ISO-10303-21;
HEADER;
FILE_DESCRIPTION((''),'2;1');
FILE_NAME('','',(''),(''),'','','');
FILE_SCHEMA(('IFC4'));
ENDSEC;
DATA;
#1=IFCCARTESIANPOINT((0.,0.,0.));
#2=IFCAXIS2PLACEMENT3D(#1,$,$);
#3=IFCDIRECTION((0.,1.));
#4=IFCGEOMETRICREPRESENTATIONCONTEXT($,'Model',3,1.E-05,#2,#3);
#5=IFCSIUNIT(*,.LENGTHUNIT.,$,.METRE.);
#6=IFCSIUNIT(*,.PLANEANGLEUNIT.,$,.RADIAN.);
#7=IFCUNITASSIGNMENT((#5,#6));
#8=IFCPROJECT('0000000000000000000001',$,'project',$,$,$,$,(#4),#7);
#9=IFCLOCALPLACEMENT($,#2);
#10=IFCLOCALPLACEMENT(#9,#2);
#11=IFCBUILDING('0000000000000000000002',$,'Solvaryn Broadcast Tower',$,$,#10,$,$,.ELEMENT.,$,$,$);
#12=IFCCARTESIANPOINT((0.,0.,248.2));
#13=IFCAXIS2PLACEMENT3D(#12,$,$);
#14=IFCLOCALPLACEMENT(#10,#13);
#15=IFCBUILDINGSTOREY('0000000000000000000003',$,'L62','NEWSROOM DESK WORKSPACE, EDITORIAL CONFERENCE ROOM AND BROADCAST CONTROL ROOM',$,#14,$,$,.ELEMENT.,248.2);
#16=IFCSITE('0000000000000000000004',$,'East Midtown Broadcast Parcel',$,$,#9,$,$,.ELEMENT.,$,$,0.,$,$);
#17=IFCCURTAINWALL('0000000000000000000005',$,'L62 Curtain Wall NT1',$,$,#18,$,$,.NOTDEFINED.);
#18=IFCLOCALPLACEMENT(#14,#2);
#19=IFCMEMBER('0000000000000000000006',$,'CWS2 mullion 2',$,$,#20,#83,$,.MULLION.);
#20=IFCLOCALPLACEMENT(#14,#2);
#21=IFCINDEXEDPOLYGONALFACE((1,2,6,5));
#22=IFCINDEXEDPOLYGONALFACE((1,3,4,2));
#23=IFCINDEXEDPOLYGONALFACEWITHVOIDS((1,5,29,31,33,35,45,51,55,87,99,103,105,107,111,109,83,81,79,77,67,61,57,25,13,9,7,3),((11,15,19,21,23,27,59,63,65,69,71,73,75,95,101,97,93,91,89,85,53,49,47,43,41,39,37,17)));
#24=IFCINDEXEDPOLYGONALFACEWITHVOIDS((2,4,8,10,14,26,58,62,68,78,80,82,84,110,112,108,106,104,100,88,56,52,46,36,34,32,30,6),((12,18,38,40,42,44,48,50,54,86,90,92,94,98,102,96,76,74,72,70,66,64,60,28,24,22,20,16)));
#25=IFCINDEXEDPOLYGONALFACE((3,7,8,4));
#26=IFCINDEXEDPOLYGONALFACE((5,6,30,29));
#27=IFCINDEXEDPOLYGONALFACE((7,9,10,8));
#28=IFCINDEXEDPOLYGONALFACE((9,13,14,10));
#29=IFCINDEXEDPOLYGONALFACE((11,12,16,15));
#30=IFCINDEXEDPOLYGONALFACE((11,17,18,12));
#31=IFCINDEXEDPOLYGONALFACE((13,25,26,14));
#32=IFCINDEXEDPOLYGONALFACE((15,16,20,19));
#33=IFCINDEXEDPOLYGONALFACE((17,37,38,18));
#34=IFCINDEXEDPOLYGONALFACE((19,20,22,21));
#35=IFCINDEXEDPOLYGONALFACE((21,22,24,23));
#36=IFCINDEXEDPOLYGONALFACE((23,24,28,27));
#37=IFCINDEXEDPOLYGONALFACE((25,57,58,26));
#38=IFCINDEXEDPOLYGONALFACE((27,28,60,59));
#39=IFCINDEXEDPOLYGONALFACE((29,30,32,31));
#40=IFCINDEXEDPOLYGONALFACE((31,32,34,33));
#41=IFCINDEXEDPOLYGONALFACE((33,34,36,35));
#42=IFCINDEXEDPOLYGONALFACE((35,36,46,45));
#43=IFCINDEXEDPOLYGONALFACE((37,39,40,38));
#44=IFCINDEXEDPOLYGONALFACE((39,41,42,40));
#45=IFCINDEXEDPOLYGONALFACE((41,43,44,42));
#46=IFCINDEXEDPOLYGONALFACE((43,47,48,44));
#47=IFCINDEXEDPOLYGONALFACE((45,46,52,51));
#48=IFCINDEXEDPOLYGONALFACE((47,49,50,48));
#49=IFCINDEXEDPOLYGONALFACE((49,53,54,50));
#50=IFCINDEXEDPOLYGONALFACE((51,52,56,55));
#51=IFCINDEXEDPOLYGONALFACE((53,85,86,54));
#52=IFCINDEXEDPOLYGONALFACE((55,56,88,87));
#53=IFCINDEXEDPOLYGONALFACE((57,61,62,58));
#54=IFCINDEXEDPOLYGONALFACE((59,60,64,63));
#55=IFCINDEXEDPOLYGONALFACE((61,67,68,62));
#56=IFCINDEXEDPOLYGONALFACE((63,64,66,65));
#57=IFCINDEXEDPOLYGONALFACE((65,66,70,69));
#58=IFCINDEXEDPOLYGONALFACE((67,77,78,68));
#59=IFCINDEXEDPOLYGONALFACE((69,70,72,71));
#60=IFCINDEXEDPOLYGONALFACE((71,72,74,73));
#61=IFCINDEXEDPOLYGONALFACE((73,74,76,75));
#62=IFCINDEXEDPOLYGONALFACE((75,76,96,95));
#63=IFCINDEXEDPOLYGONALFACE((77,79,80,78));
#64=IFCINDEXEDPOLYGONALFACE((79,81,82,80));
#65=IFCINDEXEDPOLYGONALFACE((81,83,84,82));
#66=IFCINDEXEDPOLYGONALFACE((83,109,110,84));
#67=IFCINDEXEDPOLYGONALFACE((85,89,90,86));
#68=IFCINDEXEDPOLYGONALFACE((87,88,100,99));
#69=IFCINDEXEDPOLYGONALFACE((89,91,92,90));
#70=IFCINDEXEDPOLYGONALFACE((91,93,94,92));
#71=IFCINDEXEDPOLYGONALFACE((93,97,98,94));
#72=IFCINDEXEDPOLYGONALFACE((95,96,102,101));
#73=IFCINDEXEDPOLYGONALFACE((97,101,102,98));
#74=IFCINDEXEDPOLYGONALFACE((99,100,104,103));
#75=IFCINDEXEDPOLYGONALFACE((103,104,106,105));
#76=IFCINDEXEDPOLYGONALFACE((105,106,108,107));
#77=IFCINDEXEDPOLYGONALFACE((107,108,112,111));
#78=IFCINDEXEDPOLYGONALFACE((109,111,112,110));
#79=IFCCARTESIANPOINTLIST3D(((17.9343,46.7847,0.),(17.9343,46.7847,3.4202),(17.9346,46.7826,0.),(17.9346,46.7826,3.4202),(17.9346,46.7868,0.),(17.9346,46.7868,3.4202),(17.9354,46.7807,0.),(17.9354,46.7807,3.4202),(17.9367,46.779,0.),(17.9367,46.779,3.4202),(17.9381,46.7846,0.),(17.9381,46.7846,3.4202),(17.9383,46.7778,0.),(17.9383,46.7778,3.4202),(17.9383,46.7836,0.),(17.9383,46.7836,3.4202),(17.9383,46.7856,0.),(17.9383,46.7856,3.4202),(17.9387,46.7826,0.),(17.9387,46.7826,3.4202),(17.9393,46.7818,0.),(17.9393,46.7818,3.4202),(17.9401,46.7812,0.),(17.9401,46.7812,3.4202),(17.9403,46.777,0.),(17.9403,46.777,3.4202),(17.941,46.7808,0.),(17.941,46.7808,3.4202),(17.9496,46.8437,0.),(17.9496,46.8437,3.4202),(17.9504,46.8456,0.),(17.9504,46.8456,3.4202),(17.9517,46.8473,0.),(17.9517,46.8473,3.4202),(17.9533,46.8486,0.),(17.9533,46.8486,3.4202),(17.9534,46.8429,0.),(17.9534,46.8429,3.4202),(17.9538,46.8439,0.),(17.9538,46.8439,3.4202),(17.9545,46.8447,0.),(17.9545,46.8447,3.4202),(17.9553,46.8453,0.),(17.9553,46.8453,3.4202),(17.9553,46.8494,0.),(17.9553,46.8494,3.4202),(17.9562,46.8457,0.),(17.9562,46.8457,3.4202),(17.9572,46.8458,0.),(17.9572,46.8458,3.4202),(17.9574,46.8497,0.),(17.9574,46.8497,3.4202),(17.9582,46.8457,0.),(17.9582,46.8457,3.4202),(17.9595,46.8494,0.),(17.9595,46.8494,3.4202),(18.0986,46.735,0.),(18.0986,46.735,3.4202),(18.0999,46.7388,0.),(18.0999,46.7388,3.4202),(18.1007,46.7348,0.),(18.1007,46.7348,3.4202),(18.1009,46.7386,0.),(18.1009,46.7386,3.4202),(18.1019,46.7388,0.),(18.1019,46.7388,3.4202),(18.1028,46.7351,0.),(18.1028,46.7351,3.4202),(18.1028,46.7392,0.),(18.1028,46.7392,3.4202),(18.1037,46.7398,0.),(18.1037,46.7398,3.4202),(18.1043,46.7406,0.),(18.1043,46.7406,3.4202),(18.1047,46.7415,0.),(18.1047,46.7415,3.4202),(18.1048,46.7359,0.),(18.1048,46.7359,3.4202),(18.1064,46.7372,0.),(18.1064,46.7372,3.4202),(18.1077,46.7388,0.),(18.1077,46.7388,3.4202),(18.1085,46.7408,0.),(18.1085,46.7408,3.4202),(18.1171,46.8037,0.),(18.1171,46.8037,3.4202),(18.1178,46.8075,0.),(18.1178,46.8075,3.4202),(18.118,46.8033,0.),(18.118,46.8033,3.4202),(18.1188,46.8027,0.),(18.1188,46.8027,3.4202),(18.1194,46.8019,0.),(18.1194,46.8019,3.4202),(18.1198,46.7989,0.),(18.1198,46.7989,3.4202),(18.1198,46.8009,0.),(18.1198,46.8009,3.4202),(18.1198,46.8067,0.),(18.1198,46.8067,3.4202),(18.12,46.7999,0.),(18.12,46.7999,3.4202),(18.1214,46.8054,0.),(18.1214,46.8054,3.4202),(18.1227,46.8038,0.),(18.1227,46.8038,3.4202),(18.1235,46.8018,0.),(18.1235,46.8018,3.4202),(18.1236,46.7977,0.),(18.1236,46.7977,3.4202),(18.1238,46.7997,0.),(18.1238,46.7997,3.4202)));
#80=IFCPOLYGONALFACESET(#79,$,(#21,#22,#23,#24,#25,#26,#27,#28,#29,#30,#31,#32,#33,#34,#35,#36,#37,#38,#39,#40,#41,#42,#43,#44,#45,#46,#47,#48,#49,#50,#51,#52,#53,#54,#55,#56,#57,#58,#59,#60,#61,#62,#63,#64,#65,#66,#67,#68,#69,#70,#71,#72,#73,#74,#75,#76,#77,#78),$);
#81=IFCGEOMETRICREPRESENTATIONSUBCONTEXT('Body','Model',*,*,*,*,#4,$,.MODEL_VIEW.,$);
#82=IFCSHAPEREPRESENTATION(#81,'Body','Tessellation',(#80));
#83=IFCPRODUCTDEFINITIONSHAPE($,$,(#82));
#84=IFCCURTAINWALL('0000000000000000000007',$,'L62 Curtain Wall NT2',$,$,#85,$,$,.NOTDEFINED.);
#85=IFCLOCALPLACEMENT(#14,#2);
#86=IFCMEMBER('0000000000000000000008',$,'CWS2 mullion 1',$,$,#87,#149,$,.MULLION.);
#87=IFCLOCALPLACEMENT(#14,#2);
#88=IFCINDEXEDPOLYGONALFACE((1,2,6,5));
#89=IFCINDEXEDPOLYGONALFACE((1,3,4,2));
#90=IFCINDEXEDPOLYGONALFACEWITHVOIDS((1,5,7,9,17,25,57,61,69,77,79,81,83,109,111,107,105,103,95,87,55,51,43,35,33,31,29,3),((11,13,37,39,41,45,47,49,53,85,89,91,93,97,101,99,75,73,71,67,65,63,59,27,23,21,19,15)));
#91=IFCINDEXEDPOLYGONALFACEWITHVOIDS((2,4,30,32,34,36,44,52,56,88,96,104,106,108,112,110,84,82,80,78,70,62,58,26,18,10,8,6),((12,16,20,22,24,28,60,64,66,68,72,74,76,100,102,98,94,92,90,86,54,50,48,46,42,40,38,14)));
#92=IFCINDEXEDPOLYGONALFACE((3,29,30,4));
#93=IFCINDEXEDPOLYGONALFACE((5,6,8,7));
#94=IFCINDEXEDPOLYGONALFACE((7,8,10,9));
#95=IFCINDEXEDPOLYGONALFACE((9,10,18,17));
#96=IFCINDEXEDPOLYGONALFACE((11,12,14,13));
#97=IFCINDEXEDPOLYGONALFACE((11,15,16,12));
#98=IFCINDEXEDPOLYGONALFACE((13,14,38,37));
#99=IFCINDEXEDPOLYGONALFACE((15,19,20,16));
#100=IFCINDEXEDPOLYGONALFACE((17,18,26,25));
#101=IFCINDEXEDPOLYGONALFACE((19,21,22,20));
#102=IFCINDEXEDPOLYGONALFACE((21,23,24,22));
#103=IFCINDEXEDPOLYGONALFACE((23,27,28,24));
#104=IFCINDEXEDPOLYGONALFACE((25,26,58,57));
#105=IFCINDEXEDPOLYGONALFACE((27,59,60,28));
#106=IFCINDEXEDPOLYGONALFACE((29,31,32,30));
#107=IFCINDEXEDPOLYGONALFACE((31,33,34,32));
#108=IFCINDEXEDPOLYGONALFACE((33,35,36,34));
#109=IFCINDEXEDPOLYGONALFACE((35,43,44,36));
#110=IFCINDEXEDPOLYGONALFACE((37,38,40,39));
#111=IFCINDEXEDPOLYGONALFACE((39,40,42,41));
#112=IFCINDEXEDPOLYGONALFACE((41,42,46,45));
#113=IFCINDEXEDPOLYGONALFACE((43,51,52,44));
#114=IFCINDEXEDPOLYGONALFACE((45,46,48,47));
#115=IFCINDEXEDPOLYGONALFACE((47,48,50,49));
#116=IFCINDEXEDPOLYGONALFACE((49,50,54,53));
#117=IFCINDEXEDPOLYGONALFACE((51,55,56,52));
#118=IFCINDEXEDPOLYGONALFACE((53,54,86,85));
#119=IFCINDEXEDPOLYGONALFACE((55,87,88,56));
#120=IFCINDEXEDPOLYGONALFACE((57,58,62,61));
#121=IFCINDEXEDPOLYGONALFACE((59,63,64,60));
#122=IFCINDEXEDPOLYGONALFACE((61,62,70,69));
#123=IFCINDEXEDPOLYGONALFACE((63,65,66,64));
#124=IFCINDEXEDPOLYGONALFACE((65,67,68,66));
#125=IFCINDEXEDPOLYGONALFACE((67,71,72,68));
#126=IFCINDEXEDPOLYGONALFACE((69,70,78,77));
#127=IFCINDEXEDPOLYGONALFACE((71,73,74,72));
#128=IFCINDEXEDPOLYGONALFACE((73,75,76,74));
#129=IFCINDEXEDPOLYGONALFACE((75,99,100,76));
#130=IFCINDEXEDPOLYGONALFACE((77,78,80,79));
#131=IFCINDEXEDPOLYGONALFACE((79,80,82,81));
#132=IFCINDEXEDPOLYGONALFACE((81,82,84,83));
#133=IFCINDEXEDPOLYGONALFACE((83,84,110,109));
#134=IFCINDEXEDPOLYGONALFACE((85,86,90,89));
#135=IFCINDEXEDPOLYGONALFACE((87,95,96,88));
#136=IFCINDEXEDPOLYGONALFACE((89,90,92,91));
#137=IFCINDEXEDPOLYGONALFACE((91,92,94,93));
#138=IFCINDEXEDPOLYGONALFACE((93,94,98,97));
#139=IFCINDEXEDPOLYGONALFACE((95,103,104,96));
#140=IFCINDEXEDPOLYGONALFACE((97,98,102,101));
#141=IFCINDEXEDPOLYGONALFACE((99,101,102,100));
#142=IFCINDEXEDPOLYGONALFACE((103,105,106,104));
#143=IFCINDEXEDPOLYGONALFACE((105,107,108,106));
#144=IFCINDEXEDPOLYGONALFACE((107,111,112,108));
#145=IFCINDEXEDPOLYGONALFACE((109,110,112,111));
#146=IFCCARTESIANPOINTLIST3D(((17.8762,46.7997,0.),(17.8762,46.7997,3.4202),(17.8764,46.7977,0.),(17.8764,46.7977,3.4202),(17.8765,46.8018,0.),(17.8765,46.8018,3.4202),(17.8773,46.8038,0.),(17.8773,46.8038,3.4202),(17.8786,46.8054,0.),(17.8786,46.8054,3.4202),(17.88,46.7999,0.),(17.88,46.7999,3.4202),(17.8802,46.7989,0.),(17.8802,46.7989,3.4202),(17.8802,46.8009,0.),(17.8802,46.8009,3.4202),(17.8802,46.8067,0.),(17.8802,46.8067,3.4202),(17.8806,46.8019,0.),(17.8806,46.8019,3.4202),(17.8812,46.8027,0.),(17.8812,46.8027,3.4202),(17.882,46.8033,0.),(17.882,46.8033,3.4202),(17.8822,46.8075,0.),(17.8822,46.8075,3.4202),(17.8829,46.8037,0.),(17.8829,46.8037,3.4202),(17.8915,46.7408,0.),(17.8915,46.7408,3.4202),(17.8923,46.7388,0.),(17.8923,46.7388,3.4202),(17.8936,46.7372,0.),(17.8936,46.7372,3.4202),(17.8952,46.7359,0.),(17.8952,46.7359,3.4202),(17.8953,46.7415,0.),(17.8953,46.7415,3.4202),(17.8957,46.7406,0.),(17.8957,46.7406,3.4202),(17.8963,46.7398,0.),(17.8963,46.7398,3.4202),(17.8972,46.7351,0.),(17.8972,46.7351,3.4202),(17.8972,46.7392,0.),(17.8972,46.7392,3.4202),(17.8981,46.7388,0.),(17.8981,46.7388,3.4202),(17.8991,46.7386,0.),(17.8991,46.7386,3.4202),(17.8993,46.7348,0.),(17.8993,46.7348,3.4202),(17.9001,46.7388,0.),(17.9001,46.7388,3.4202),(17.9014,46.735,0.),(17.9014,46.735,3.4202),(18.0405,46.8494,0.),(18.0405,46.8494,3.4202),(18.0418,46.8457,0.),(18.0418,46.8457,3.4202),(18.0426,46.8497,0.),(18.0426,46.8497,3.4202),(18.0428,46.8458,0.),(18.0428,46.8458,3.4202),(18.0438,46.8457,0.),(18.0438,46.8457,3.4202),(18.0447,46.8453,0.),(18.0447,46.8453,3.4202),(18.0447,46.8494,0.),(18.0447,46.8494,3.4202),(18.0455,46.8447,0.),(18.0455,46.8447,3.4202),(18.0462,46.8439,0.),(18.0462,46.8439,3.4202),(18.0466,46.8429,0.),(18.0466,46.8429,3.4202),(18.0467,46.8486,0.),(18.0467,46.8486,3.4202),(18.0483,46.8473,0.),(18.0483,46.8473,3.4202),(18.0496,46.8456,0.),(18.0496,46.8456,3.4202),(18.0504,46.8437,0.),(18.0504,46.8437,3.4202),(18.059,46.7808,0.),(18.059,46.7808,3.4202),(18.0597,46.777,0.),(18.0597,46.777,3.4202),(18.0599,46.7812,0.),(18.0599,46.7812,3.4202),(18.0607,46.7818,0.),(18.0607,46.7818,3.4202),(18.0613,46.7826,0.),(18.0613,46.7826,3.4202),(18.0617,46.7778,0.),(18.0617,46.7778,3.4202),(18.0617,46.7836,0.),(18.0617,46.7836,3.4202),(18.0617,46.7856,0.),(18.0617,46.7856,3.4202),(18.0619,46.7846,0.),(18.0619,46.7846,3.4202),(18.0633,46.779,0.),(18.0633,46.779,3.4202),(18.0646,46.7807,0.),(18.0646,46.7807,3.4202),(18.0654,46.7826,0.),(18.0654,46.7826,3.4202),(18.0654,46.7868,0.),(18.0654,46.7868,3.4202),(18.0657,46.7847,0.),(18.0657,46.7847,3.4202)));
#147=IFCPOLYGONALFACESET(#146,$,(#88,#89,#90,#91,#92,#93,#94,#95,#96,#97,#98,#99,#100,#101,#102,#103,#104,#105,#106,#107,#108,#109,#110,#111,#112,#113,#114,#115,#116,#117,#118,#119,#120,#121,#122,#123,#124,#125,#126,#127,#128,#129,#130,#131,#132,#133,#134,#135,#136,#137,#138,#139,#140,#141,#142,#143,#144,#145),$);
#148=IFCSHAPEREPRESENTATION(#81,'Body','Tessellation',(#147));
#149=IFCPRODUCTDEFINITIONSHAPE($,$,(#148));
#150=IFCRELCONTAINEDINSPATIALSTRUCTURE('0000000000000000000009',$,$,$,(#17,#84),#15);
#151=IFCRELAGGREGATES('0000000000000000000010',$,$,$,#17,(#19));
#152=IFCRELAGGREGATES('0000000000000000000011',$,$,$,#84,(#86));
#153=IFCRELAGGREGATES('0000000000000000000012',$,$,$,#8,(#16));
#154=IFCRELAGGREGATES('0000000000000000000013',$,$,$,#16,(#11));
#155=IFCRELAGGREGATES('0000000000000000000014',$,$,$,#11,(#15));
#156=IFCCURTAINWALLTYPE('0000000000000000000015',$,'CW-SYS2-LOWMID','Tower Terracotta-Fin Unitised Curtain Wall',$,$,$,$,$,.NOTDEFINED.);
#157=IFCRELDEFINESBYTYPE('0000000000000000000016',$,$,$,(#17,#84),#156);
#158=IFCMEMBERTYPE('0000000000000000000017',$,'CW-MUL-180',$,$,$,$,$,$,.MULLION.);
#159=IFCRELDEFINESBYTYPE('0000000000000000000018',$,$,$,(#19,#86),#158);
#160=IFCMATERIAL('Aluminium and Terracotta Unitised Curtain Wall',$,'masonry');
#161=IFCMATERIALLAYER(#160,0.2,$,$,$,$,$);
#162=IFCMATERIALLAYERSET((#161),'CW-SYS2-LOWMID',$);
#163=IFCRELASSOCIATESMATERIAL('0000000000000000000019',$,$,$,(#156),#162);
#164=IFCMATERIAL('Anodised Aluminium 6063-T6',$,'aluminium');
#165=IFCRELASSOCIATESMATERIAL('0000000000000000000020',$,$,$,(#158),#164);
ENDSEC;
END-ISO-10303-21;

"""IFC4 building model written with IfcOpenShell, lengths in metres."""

from ifc_helpers import new_model, si_unit, direction, frame, origin, origin_2d, place, context, subcontext, project, spatial, hollow_rectangle, extrude, material, layer, layer_set, material_profile, profile_set, type_object, element, aggregate, save


model = new_model("IFC4")

# Units and contexts
model_context = context("Model", 3, precision=1e-05, world=origin(), true_north=direction((0.0, 1.0)))
body_context = subcontext(model_context, "Body", "Model", "MODEL_VIEW")
ifc_project = project(units=[si_unit("LENGTHUNIT", "METRE"), si_unit("PLANEANGLEUNIT", "RADIAN")], contexts=[model_context])

# Site, building, storey
site_placement = place(None, origin())
site = spatial("IfcSite", under=ifc_project, at=site_placement, Name="East Midtown Broadcast Parcel", CompositionType="ELEMENT", RefElevation=0.0)
building_placement = place(site_placement, origin())
building = spatial("IfcBuilding", under=site, at=building_placement, Name="Solvaryn Broadcast Tower", CompositionType="ELEMENT")
storey_placement = place(building_placement, frame((0.0, 0.0, 248.2)))
storey = spatial("IfcBuildingStorey", under=building, at=storey_placement, Name="L62", Description="NEWSROOM DESK WORKSPACE, EDITORIAL CONFERENCE ROOM AND BROADCAST CONTROL ROOM", CompositionType="ELEMENT", Elevation=248.2)

# Curtain wall, member
ifc_material_1 = material(Name="Aluminium and Terracotta Unitised Curtain Wall", Category="masonry")
ifc_layer_1 = layer(ifc_material_1, 0.2)
ifc_layer_set_1 = layer_set([ifc_layer_1], Name="CW-SYS2-LOWMID")
curtain_wall_type = type_object("IfcCurtainWallType", Name="CW-SYS2-LOWMID", Description="Tower Terracotta-Fin Unitised Curtain Wall", PredefinedType="NOTDEFINED", material=ifc_layer_set_1)
ifc_material_2 = material(Name="Anodised Aluminium 6063-T6", Category="aluminium")
ifc_material_profile_1 = material_profile(ifc_material_2, hollow_rectangle(XDim=0.075, YDim=0.1799, WallThickness=0.0039, InnerFilletRadius=0.0039, OuterFilletRadius=0.0081, at=origin_2d()))
ifc_profile_set_1 = profile_set([ifc_material_profile_1], Name="Anodised Aluminium 6063-T6")
member_type_1 = type_object("IfcMemberType", Name="CW-MUL-180", PredefinedType="MULLION", material=ifc_profile_set_1)
curtain_wall_1_placement = place(storey_placement, origin())
curtain_wall_1 = element("IfcCurtainWall", 1, at=curtain_wall_1_placement, inside=storey, type_object=curtain_wall_type, Name="L62 Curtain Wall NT1", PredefinedType="NOTDEFINED")
member_1_placement = place(storey_placement, frame((18.0291, 46.7922, 0.0), z_axis=(0.0, 0.0, 1.0), x_axis=(-0.255893, -0.966705, 0.0)))
member_1 = element("IfcMember", 2, at=member_1_placement, type_object=member_type_1, Name="CWS2 mullion 2", PredefinedType="MULLION", context=body_context, shape_type="SweptSolid", body=[
    extrude(hollow_rectangle(XDim=0.075, YDim=0.1799, WallThickness=0.0039, InnerFilletRadius=0.0039, OuterFilletRadius=0.0081, at=origin_2d()), origin(), (0.0, 0.0, 1.0), 3.4202),
])

# Curtain wall, member
curtain_wall_2_placement = place(storey_placement, origin())
curtain_wall_2 = element("IfcCurtainWall", 3, at=curtain_wall_2_placement, inside=storey, type_object=curtain_wall_type, Name="L62 Curtain Wall NT2", PredefinedType="NOTDEFINED")
member_2_placement = place(storey_placement, frame((17.9709, 46.7922, 0.0), z_axis=(0.0, 0.0, 1.0), x_axis=(0.255893, -0.966705, 0.0)))
member_2 = element("IfcMember", 4, at=member_2_placement, type_object=member_type_1, Name="CWS2 mullion 1", PredefinedType="MULLION", context=body_context, shape_type="SweptSolid", body=[
    extrude(hollow_rectangle(XDim=0.075, YDim=0.1799, WallThickness=0.0039, InnerFilletRadius=0.0039, OuterFilletRadius=0.0081, at=origin_2d()), origin(), (0.0, 0.0, 1.0), 3.4202),
])

aggregate(curtain_wall_1, [member_1])
aggregate(curtain_wall_2, [member_2])

save(model, "model.ifc")
